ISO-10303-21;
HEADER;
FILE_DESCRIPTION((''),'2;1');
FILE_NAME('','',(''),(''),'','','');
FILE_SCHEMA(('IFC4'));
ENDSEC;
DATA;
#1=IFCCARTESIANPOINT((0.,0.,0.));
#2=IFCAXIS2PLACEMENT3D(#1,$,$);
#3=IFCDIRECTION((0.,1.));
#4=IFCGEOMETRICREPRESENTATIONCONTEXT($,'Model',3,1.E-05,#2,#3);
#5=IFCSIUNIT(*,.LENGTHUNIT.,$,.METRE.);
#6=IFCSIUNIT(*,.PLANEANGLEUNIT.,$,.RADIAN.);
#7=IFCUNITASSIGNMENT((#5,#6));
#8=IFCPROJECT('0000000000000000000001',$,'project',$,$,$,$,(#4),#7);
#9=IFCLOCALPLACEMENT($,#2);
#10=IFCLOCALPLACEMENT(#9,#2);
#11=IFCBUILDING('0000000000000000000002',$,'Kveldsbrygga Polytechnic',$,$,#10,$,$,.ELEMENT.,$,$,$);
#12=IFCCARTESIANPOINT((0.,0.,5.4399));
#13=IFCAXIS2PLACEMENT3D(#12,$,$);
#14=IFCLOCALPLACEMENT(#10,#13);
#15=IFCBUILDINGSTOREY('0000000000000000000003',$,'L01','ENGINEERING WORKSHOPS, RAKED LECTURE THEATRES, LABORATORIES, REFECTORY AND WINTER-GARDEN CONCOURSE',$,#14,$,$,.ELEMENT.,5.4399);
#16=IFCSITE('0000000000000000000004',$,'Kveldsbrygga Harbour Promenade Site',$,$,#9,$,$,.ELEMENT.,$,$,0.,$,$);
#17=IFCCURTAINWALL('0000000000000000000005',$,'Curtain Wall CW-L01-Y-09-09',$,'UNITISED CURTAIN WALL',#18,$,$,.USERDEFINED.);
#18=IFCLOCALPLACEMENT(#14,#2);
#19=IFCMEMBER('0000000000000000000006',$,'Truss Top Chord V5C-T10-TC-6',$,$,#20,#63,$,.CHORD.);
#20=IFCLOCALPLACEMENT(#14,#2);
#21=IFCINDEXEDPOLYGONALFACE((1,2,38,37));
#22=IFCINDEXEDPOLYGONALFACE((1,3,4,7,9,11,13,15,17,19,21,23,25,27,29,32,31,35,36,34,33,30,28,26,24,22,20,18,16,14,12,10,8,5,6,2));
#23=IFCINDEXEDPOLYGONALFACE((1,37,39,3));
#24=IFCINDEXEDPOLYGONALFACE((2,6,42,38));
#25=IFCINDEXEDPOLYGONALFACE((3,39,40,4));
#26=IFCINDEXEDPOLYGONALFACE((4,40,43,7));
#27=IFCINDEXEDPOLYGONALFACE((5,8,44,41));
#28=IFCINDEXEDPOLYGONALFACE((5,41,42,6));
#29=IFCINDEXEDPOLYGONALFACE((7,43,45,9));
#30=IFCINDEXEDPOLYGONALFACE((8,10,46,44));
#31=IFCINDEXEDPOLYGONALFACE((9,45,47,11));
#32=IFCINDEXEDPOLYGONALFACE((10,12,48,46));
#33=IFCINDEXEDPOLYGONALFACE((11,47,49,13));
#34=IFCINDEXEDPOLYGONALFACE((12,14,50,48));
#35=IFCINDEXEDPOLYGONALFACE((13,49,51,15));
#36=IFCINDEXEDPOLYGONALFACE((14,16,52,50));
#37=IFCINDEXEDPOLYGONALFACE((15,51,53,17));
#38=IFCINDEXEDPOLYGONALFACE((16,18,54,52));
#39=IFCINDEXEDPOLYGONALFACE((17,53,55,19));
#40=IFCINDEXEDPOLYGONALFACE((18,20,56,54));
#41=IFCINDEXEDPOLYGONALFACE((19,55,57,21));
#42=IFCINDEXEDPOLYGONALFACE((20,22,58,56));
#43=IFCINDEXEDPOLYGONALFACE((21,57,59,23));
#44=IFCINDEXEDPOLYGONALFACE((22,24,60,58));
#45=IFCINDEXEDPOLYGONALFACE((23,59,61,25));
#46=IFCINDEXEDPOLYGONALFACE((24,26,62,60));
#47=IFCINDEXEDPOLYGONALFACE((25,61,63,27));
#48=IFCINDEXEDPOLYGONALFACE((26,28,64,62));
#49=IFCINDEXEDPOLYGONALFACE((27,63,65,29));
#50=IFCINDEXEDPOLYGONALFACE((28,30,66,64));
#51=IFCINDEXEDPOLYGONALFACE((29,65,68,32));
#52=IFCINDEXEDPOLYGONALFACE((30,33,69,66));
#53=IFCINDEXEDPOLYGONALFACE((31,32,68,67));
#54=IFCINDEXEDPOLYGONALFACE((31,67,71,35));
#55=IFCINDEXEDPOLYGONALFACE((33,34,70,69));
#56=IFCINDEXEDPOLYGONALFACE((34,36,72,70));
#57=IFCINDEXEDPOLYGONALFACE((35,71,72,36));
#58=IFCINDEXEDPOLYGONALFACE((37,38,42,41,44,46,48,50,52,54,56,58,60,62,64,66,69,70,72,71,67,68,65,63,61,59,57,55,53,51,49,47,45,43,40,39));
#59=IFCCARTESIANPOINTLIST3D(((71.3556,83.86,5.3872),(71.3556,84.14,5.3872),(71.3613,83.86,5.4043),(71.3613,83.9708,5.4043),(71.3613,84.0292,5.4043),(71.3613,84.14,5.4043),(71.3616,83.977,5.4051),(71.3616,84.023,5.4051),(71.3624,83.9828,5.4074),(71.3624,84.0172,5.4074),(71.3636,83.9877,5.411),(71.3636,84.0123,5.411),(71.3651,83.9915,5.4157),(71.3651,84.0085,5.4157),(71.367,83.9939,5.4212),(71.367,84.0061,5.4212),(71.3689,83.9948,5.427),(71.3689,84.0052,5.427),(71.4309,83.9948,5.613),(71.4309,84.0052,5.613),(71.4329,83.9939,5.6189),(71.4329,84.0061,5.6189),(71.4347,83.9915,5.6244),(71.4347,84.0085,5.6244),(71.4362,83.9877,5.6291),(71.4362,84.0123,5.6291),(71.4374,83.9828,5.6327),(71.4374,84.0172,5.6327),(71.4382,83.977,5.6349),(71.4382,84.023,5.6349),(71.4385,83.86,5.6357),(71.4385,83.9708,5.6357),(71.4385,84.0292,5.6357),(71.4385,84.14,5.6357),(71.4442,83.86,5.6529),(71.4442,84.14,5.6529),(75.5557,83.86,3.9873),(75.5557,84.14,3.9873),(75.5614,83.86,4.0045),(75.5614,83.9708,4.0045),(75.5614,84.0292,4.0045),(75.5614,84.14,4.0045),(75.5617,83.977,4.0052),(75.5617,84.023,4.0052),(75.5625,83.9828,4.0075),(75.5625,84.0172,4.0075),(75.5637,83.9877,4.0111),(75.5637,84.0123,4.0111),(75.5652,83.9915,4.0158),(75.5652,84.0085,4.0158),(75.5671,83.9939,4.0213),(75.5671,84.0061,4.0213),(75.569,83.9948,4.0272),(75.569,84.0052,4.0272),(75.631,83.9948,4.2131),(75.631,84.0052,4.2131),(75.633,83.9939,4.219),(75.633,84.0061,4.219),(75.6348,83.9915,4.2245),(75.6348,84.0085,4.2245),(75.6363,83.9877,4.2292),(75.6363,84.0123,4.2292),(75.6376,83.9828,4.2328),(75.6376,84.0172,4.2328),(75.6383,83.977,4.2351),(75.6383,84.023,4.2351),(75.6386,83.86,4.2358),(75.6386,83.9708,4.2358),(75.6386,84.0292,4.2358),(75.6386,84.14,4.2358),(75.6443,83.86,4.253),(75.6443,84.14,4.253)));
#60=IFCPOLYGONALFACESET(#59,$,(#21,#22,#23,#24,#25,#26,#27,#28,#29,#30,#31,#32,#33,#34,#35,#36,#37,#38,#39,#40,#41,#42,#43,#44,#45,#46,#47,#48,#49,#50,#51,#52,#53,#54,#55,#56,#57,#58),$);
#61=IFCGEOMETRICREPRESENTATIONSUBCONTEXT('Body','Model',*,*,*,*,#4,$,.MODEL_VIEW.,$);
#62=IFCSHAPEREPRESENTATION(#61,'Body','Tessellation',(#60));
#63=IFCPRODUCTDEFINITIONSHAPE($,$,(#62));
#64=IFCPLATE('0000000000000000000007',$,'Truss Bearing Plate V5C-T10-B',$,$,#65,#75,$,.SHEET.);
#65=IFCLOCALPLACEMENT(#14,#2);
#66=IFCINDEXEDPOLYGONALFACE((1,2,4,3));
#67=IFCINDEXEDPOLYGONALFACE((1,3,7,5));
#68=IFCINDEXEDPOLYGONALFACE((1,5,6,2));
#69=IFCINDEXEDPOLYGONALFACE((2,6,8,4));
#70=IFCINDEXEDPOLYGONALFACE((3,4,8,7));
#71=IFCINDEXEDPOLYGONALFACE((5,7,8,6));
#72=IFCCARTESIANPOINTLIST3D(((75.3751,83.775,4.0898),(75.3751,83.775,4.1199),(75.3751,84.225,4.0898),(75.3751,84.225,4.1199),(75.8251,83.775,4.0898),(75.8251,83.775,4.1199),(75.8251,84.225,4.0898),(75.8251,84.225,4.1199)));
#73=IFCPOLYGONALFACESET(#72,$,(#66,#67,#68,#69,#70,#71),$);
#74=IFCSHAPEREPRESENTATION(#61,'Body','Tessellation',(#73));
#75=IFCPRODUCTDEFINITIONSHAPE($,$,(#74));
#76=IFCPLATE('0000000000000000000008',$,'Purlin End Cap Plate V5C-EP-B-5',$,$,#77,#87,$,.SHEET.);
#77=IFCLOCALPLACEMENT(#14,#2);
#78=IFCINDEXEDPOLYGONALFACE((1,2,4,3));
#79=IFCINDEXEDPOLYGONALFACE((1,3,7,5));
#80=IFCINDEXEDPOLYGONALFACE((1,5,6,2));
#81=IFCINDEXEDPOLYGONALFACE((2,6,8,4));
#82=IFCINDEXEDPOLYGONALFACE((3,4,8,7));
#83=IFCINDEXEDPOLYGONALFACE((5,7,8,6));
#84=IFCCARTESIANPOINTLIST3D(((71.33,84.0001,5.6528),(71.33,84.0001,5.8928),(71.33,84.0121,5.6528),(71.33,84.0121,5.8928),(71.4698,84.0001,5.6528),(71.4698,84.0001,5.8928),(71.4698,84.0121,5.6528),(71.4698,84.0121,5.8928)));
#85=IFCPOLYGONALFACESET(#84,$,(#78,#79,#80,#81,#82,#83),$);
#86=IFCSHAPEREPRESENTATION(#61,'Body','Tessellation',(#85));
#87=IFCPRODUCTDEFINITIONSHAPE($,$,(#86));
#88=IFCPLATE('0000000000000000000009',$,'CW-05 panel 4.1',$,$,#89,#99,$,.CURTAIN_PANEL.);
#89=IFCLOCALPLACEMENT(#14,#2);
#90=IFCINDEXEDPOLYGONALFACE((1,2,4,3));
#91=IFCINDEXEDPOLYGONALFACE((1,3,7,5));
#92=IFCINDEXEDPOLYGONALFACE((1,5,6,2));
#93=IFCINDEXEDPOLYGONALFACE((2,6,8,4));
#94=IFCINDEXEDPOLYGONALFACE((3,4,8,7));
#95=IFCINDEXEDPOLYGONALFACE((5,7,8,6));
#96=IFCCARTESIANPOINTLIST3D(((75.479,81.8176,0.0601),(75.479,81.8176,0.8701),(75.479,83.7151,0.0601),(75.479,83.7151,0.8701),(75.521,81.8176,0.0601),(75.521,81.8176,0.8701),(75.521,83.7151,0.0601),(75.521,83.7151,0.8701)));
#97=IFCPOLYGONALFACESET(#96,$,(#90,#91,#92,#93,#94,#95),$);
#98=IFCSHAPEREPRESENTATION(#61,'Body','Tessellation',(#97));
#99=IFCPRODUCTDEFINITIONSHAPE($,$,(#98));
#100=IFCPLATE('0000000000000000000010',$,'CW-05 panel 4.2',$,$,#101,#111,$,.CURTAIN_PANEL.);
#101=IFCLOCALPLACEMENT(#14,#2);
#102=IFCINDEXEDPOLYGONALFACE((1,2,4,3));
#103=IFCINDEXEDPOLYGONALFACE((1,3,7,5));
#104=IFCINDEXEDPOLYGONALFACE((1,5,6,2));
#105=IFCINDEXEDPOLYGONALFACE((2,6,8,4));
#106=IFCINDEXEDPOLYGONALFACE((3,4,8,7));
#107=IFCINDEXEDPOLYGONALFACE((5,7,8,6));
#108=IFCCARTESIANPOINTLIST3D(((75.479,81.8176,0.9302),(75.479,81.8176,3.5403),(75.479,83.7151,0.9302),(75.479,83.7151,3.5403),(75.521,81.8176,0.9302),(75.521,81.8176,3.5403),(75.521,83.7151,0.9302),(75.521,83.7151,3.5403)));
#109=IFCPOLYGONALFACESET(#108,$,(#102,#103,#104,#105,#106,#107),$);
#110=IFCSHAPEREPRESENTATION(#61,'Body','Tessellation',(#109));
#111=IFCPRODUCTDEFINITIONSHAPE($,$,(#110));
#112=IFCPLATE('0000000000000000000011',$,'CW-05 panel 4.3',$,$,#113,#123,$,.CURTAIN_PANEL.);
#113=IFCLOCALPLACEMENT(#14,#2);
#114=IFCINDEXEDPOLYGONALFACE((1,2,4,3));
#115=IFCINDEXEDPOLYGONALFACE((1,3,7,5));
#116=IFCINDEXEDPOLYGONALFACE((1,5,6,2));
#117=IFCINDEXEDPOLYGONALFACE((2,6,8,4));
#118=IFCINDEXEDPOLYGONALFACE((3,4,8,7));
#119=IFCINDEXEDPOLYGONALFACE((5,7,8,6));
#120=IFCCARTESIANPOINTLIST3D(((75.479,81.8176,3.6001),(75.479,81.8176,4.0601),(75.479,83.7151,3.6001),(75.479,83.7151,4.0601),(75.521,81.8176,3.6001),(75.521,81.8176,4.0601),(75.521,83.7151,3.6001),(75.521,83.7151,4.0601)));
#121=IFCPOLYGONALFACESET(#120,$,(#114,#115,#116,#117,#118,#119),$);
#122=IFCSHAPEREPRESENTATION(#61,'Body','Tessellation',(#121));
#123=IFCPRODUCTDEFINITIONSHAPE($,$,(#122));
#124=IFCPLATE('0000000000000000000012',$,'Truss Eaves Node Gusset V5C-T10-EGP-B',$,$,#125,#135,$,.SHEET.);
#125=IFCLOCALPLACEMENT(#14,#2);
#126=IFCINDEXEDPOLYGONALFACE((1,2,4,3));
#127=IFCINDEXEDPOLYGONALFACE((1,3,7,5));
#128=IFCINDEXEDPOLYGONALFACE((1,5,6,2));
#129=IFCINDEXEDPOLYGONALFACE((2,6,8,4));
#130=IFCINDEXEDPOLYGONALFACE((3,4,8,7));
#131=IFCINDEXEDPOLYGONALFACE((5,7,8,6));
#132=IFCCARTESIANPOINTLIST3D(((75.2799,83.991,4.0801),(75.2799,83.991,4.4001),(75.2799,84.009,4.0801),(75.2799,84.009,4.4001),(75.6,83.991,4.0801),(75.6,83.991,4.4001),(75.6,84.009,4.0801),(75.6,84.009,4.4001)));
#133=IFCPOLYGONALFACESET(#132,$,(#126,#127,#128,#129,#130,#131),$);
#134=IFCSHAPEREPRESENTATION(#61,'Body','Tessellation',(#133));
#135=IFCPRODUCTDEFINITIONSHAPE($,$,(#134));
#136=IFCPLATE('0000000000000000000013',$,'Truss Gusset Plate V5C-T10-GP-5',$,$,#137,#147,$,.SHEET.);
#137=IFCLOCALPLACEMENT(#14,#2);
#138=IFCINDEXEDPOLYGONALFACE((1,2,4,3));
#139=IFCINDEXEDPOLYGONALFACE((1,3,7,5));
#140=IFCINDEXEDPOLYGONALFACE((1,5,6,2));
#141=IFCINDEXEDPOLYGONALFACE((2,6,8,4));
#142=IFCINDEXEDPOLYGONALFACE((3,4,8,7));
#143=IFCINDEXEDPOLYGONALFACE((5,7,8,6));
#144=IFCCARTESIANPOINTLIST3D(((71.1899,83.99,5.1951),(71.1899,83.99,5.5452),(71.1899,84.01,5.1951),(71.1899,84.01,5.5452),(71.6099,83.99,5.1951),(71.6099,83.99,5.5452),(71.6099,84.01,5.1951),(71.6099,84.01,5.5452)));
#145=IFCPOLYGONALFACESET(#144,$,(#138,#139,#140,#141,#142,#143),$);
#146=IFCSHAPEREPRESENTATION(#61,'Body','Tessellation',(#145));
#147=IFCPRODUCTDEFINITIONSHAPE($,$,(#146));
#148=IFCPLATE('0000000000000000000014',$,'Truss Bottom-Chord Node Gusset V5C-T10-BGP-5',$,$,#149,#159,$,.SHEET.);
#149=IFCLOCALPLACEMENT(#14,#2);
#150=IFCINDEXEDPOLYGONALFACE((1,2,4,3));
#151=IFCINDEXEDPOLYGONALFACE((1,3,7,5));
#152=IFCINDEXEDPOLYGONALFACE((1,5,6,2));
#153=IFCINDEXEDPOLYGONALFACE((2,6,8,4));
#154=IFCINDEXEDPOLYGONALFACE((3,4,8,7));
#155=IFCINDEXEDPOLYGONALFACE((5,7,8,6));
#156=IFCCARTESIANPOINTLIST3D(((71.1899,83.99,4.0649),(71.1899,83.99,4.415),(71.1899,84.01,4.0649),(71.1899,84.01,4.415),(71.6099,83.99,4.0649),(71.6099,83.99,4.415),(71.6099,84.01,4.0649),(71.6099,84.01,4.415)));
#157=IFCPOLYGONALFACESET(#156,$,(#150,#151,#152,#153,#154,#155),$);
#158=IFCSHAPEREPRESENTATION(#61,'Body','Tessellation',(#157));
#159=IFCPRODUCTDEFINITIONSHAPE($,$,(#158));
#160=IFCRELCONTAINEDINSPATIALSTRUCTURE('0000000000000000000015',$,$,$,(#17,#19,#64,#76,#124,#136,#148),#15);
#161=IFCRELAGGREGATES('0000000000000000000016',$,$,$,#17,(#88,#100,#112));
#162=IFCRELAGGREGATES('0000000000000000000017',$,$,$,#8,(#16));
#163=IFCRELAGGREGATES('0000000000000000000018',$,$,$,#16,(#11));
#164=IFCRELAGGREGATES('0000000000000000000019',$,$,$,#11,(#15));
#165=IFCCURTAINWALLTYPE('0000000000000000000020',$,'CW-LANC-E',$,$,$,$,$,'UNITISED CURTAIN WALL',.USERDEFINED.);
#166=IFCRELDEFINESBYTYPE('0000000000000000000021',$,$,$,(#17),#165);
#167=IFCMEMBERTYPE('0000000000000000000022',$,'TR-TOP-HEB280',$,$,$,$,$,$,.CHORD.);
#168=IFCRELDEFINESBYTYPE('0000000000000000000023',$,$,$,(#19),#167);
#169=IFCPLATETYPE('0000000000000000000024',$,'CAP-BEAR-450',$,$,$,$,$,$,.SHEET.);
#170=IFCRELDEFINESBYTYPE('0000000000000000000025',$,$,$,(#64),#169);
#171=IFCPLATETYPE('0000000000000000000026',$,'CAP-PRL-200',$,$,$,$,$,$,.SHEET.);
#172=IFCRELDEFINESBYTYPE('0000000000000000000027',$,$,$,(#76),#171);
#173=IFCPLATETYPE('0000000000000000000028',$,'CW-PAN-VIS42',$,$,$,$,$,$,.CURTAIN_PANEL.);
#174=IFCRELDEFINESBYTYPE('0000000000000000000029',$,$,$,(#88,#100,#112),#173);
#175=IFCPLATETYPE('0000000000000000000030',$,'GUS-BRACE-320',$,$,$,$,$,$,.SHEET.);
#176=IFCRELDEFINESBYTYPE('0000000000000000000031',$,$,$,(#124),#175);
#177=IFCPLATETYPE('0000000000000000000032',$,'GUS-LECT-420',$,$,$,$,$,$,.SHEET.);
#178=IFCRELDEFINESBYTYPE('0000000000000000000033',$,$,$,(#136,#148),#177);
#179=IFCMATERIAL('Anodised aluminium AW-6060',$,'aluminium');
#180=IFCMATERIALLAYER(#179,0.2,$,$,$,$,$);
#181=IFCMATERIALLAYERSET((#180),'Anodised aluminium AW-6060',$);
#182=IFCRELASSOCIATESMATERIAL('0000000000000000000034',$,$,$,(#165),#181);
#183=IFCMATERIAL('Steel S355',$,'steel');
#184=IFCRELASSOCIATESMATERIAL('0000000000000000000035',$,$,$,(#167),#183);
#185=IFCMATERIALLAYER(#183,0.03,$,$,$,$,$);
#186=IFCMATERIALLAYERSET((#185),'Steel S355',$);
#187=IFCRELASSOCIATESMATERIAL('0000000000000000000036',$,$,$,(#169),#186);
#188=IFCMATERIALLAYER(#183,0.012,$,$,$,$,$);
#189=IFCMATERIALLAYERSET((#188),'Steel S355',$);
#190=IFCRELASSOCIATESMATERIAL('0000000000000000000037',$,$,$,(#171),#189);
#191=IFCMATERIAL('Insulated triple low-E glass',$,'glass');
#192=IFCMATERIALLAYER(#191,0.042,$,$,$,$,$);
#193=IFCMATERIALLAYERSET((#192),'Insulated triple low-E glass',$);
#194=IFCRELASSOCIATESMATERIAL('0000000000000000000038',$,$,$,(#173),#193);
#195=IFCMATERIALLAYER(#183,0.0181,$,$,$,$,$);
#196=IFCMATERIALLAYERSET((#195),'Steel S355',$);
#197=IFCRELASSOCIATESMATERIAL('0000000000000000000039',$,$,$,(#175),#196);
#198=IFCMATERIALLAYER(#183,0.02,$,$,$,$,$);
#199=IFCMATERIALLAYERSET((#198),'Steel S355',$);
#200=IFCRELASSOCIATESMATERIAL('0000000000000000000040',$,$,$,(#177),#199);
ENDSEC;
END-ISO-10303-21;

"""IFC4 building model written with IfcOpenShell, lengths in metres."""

from ifc_helpers import new_model, si_unit, direction, frame, origin, origin_2d, place, context, subcontext, project, spatial, rectangle, i_section, extrude, material, layer, layer_set, material_profile, profile_set, type_object, element, aggregate, save


model = new_model("IFC4")

# Units and contexts
model_context = context("Model", 3, precision=1e-05, world=origin(), true_north=direction((0.0, 1.0)))
body_context = subcontext(model_context, "Body", "Model", "MODEL_VIEW")
ifc_project = project(units=[si_unit("LENGTHUNIT", "METRE"), si_unit("PLANEANGLEUNIT", "RADIAN")], contexts=[model_context])

# Site, building, storey
site_placement = place(None, origin())
site = spatial("IfcSite", under=ifc_project, at=site_placement, Name="Kveldsbrygga Harbour Promenade Site", CompositionType="ELEMENT", RefElevation=0.0)
building_placement = place(site_placement, origin())
building = spatial("IfcBuilding", under=site, at=building_placement, Name="Kveldsbrygga Polytechnic", CompositionType="ELEMENT")
storey_placement = place(building_placement, frame((0.0, 0.0, 5.4399)))
storey = spatial("IfcBuildingStorey", under=building, at=storey_placement, Name="L01", Description="ENGINEERING WORKSHOPS, RAKED LECTURE THEATRES, LABORATORIES, REFECTORY AND WINTER-GARDEN CONCOURSE", CompositionType="ELEMENT", Elevation=5.4399)

# Shared definitions
ifc_material_1 = material(Name="Steel S355", Category="steel")

# Curtain wall
ifc_material_2 = material(Name="Anodised aluminium AW-6060", Category="aluminium")
ifc_layer_1 = layer(ifc_material_2, 0.2)
ifc_layer_set_1 = layer_set([ifc_layer_1], Name="Anodised aluminium AW-6060")
curtain_wall_type = type_object("IfcCurtainWallType", Name="CW-LANC-E", ElementType="UNITISED CURTAIN WALL", PredefinedType="USERDEFINED", material=ifc_layer_set_1)
curtain_wall_placement = place(storey_placement, origin())
curtain_wall = element("IfcCurtainWall", 1, at=curtain_wall_placement, inside=storey, type_object=curtain_wall_type, Name="Curtain Wall CW-L01-Y-09-09", ObjectType="UNITISED CURTAIN WALL", PredefinedType="USERDEFINED")

# Member
ifc_material_profile_1 = material_profile(ifc_material_1, i_section(OverallWidth=0.28, OverallDepth=0.28, WebThickness=0.0105, FlangeThickness=0.0181, FilletRadius=0.0239, at=origin_2d()), Name="HEB 280")
ifc_profile_set_1 = profile_set([ifc_material_profile_1], Name="Steel S355")
member_type_1 = type_object("IfcMemberType", Name="TR-TOP-HEB280", PredefinedType="CHORD", material=ifc_profile_set_1)
member_1_placement = place(storey_placement, frame((71.3999, 84.0, 5.52), z_axis=(0.948694, 0.0, -0.316195), x_axis=(0.0, 1.0, 0.0)))
element("IfcMember", 2, at=member_1_placement, inside=storey, type_object=member_type_1, Name="Truss Top Chord V5C-T10-TC-6", PredefinedType="CHORD", context=body_context, shape_type="SweptSolid", body=[
    extrude(i_section(OverallWidth=0.28, OverallDepth=0.28, WebThickness=0.0105, FlangeThickness=0.0181, FilletRadius=0.0239, at=origin_2d()), origin(), (0.0, 0.0, 1.0), 4.4272),
])

# Plates
ifc_layer_2 = layer(ifc_material_1, 0.03)
ifc_layer_set_2 = layer_set([ifc_layer_2], Name="Steel S355")
plate_type_1 = type_object("IfcPlateType", Name="CAP-BEAR-450", PredefinedType="SHEET", material=ifc_layer_set_2)
plate_1_placement = place(storey_placement, frame((75.6001, 84.0, 4.0898), z_axis=(0.0, 0.0, 1.0), x_axis=(1.0, 0.0, 0.0)))
element("IfcPlate", 3, at=plate_1_placement, inside=storey, type_object=plate_type_1, Name="Truss Bearing Plate V5C-T10-B", PredefinedType="SHEET", context=body_context, shape_type="SweptSolid", body=[
    extrude(rectangle(XDim=0.45, YDim=0.45, at=origin_2d()), origin(), (0.0, 0.0, 1.0), 0.03),
])
ifc_layer_3 = layer(ifc_material_1, 0.012)
ifc_layer_set_3 = layer_set([ifc_layer_3], Name="Steel S355")
plate_type_2 = type_object("IfcPlateType", Name="CAP-PRL-200", PredefinedType="SHEET", material=ifc_layer_set_3)
plate_2_placement = place(storey_placement, frame((71.3999, 84.0061, 5.6528), z_axis=(0.0, 0.0, 1.0), x_axis=(1.0, 0.0, 0.0)))
element("IfcPlate", 4, at=plate_2_placement, inside=storey, type_object=plate_type_2, Name="Purlin End Cap Plate V5C-EP-B-5", PredefinedType="SHEET", context=body_context, shape_type="SweptSolid", body=[
    extrude(rectangle(XDim=0.1399, YDim=0.012, at=origin_2d()), origin(), (0.0, 0.0, 1.0), 0.24),
])

# Plates
ifc_material_3 = material(Name="Insulated triple low-E glass", Category="glass")
ifc_layer_4 = layer(ifc_material_3, 0.042)
ifc_layer_set_4 = layer_set([ifc_layer_4], Name="Insulated triple low-E glass")
plate_type_3 = type_object("IfcPlateType", Name="CW-PAN-VIS42", PredefinedType="CURTAIN_PANEL", material=ifc_layer_set_4)
plate_3_placement = place(storey_placement, frame((75.5, 82.7664, 0.0601), z_axis=(0.0, 0.0, 1.0), x_axis=(0.0, 1.0, 0.0)))
plate_3 = element("IfcPlate", 5, at=plate_3_placement, type_object=plate_type_3, Name="CW-05 panel 4.1", PredefinedType="CURTAIN_PANEL", context=body_context, shape_type="SweptSolid", body=[
    extrude(rectangle(XDim=1.8975, YDim=0.042, at=origin_2d()), origin(), (0.0, 0.0, 1.0), 0.8101),
])
plate_4_placement = place(storey_placement, frame((75.5, 82.7664, 0.9302), z_axis=(0.0, 0.0, 1.0), x_axis=(0.0, 1.0, 0.0)))
plate_4 = element("IfcPlate", 6, at=plate_4_placement, type_object=plate_type_3, Name="CW-05 panel 4.2", PredefinedType="CURTAIN_PANEL", context=body_context, shape_type="SweptSolid", body=[
    extrude(rectangle(XDim=1.8975, YDim=0.042, at=origin_2d()), origin(), (0.0, 0.0, 1.0), 2.6101),
])
plate_5_placement = place(storey_placement, frame((75.5, 82.7664, 3.6001), z_axis=(0.0, 0.0, 1.0), x_axis=(0.0, 1.0, 0.0)))
plate_5 = element("IfcPlate", 7, at=plate_5_placement, type_object=plate_type_3, Name="CW-05 panel 4.3", PredefinedType="CURTAIN_PANEL", context=body_context, shape_type="SweptSolid", body=[
    extrude(rectangle(XDim=1.8975, YDim=0.042, at=origin_2d()), origin(), (0.0, 0.0, 1.0), 0.46),
])
aggregate(curtain_wall, [plate_3, plate_4, plate_5])

# Plates
ifc_layer_5 = layer(ifc_material_1, 0.0181)
ifc_layer_set_5 = layer_set([ifc_layer_5], Name="Steel S355")
plate_type_4 = type_object("IfcPlateType", Name="GUS-BRACE-320", PredefinedType="SHEET", material=ifc_layer_set_5)
plate_6_placement = place(storey_placement, frame((75.4399, 84.0, 4.0801), z_axis=(0.0, 0.0, 1.0), x_axis=(1.0, 0.0, 0.0)))
element("IfcPlate", 8, at=plate_6_placement, inside=storey, type_object=plate_type_4, Name="Truss Eaves Node Gusset V5C-T10-EGP-B", PredefinedType="SHEET", context=body_context, shape_type="SweptSolid", body=[
    extrude(rectangle(XDim=0.3201, YDim=0.0181, at=origin_2d()), origin(), (0.0, 0.0, 1.0), 0.3201),
])
ifc_layer_6 = layer(ifc_material_1, 0.02)
ifc_layer_set_6 = layer_set([ifc_layer_6], Name="Steel S355")
plate_type_5 = type_object("IfcPlateType", Name="GUS-LECT-420", PredefinedType="SHEET", material=ifc_layer_set_6)
for number, where, z_axis, x_axis, name in (
    (9, (71.3999, 84.0, 5.1951), (0.0, 0.0, 1.0), (1.0, 0.0, 0.0), "Truss Gusset Plate V5C-T10-GP-5"),
    (10, (71.3999, 84.0, 4.0649), (0.0, 0.0, 1.0), (1.0, 0.0, 0.0), "Truss Bottom-Chord Node Gusset V5C-T10-BGP-5"),
):
    element("IfcPlate", number, at=place(storey_placement, frame(where, z_axis=z_axis, x_axis=x_axis)), inside=storey, type_object=plate_type_5, Name=name, PredefinedType="SHEET", context=body_context, shape_type="SweptSolid", body=[
        extrude(rectangle(XDim=0.4199, YDim=0.02, at=origin_2d()), origin(), (0.0, 0.0, 1.0), 0.3501),
    ])

save(model, "model.ifc")
